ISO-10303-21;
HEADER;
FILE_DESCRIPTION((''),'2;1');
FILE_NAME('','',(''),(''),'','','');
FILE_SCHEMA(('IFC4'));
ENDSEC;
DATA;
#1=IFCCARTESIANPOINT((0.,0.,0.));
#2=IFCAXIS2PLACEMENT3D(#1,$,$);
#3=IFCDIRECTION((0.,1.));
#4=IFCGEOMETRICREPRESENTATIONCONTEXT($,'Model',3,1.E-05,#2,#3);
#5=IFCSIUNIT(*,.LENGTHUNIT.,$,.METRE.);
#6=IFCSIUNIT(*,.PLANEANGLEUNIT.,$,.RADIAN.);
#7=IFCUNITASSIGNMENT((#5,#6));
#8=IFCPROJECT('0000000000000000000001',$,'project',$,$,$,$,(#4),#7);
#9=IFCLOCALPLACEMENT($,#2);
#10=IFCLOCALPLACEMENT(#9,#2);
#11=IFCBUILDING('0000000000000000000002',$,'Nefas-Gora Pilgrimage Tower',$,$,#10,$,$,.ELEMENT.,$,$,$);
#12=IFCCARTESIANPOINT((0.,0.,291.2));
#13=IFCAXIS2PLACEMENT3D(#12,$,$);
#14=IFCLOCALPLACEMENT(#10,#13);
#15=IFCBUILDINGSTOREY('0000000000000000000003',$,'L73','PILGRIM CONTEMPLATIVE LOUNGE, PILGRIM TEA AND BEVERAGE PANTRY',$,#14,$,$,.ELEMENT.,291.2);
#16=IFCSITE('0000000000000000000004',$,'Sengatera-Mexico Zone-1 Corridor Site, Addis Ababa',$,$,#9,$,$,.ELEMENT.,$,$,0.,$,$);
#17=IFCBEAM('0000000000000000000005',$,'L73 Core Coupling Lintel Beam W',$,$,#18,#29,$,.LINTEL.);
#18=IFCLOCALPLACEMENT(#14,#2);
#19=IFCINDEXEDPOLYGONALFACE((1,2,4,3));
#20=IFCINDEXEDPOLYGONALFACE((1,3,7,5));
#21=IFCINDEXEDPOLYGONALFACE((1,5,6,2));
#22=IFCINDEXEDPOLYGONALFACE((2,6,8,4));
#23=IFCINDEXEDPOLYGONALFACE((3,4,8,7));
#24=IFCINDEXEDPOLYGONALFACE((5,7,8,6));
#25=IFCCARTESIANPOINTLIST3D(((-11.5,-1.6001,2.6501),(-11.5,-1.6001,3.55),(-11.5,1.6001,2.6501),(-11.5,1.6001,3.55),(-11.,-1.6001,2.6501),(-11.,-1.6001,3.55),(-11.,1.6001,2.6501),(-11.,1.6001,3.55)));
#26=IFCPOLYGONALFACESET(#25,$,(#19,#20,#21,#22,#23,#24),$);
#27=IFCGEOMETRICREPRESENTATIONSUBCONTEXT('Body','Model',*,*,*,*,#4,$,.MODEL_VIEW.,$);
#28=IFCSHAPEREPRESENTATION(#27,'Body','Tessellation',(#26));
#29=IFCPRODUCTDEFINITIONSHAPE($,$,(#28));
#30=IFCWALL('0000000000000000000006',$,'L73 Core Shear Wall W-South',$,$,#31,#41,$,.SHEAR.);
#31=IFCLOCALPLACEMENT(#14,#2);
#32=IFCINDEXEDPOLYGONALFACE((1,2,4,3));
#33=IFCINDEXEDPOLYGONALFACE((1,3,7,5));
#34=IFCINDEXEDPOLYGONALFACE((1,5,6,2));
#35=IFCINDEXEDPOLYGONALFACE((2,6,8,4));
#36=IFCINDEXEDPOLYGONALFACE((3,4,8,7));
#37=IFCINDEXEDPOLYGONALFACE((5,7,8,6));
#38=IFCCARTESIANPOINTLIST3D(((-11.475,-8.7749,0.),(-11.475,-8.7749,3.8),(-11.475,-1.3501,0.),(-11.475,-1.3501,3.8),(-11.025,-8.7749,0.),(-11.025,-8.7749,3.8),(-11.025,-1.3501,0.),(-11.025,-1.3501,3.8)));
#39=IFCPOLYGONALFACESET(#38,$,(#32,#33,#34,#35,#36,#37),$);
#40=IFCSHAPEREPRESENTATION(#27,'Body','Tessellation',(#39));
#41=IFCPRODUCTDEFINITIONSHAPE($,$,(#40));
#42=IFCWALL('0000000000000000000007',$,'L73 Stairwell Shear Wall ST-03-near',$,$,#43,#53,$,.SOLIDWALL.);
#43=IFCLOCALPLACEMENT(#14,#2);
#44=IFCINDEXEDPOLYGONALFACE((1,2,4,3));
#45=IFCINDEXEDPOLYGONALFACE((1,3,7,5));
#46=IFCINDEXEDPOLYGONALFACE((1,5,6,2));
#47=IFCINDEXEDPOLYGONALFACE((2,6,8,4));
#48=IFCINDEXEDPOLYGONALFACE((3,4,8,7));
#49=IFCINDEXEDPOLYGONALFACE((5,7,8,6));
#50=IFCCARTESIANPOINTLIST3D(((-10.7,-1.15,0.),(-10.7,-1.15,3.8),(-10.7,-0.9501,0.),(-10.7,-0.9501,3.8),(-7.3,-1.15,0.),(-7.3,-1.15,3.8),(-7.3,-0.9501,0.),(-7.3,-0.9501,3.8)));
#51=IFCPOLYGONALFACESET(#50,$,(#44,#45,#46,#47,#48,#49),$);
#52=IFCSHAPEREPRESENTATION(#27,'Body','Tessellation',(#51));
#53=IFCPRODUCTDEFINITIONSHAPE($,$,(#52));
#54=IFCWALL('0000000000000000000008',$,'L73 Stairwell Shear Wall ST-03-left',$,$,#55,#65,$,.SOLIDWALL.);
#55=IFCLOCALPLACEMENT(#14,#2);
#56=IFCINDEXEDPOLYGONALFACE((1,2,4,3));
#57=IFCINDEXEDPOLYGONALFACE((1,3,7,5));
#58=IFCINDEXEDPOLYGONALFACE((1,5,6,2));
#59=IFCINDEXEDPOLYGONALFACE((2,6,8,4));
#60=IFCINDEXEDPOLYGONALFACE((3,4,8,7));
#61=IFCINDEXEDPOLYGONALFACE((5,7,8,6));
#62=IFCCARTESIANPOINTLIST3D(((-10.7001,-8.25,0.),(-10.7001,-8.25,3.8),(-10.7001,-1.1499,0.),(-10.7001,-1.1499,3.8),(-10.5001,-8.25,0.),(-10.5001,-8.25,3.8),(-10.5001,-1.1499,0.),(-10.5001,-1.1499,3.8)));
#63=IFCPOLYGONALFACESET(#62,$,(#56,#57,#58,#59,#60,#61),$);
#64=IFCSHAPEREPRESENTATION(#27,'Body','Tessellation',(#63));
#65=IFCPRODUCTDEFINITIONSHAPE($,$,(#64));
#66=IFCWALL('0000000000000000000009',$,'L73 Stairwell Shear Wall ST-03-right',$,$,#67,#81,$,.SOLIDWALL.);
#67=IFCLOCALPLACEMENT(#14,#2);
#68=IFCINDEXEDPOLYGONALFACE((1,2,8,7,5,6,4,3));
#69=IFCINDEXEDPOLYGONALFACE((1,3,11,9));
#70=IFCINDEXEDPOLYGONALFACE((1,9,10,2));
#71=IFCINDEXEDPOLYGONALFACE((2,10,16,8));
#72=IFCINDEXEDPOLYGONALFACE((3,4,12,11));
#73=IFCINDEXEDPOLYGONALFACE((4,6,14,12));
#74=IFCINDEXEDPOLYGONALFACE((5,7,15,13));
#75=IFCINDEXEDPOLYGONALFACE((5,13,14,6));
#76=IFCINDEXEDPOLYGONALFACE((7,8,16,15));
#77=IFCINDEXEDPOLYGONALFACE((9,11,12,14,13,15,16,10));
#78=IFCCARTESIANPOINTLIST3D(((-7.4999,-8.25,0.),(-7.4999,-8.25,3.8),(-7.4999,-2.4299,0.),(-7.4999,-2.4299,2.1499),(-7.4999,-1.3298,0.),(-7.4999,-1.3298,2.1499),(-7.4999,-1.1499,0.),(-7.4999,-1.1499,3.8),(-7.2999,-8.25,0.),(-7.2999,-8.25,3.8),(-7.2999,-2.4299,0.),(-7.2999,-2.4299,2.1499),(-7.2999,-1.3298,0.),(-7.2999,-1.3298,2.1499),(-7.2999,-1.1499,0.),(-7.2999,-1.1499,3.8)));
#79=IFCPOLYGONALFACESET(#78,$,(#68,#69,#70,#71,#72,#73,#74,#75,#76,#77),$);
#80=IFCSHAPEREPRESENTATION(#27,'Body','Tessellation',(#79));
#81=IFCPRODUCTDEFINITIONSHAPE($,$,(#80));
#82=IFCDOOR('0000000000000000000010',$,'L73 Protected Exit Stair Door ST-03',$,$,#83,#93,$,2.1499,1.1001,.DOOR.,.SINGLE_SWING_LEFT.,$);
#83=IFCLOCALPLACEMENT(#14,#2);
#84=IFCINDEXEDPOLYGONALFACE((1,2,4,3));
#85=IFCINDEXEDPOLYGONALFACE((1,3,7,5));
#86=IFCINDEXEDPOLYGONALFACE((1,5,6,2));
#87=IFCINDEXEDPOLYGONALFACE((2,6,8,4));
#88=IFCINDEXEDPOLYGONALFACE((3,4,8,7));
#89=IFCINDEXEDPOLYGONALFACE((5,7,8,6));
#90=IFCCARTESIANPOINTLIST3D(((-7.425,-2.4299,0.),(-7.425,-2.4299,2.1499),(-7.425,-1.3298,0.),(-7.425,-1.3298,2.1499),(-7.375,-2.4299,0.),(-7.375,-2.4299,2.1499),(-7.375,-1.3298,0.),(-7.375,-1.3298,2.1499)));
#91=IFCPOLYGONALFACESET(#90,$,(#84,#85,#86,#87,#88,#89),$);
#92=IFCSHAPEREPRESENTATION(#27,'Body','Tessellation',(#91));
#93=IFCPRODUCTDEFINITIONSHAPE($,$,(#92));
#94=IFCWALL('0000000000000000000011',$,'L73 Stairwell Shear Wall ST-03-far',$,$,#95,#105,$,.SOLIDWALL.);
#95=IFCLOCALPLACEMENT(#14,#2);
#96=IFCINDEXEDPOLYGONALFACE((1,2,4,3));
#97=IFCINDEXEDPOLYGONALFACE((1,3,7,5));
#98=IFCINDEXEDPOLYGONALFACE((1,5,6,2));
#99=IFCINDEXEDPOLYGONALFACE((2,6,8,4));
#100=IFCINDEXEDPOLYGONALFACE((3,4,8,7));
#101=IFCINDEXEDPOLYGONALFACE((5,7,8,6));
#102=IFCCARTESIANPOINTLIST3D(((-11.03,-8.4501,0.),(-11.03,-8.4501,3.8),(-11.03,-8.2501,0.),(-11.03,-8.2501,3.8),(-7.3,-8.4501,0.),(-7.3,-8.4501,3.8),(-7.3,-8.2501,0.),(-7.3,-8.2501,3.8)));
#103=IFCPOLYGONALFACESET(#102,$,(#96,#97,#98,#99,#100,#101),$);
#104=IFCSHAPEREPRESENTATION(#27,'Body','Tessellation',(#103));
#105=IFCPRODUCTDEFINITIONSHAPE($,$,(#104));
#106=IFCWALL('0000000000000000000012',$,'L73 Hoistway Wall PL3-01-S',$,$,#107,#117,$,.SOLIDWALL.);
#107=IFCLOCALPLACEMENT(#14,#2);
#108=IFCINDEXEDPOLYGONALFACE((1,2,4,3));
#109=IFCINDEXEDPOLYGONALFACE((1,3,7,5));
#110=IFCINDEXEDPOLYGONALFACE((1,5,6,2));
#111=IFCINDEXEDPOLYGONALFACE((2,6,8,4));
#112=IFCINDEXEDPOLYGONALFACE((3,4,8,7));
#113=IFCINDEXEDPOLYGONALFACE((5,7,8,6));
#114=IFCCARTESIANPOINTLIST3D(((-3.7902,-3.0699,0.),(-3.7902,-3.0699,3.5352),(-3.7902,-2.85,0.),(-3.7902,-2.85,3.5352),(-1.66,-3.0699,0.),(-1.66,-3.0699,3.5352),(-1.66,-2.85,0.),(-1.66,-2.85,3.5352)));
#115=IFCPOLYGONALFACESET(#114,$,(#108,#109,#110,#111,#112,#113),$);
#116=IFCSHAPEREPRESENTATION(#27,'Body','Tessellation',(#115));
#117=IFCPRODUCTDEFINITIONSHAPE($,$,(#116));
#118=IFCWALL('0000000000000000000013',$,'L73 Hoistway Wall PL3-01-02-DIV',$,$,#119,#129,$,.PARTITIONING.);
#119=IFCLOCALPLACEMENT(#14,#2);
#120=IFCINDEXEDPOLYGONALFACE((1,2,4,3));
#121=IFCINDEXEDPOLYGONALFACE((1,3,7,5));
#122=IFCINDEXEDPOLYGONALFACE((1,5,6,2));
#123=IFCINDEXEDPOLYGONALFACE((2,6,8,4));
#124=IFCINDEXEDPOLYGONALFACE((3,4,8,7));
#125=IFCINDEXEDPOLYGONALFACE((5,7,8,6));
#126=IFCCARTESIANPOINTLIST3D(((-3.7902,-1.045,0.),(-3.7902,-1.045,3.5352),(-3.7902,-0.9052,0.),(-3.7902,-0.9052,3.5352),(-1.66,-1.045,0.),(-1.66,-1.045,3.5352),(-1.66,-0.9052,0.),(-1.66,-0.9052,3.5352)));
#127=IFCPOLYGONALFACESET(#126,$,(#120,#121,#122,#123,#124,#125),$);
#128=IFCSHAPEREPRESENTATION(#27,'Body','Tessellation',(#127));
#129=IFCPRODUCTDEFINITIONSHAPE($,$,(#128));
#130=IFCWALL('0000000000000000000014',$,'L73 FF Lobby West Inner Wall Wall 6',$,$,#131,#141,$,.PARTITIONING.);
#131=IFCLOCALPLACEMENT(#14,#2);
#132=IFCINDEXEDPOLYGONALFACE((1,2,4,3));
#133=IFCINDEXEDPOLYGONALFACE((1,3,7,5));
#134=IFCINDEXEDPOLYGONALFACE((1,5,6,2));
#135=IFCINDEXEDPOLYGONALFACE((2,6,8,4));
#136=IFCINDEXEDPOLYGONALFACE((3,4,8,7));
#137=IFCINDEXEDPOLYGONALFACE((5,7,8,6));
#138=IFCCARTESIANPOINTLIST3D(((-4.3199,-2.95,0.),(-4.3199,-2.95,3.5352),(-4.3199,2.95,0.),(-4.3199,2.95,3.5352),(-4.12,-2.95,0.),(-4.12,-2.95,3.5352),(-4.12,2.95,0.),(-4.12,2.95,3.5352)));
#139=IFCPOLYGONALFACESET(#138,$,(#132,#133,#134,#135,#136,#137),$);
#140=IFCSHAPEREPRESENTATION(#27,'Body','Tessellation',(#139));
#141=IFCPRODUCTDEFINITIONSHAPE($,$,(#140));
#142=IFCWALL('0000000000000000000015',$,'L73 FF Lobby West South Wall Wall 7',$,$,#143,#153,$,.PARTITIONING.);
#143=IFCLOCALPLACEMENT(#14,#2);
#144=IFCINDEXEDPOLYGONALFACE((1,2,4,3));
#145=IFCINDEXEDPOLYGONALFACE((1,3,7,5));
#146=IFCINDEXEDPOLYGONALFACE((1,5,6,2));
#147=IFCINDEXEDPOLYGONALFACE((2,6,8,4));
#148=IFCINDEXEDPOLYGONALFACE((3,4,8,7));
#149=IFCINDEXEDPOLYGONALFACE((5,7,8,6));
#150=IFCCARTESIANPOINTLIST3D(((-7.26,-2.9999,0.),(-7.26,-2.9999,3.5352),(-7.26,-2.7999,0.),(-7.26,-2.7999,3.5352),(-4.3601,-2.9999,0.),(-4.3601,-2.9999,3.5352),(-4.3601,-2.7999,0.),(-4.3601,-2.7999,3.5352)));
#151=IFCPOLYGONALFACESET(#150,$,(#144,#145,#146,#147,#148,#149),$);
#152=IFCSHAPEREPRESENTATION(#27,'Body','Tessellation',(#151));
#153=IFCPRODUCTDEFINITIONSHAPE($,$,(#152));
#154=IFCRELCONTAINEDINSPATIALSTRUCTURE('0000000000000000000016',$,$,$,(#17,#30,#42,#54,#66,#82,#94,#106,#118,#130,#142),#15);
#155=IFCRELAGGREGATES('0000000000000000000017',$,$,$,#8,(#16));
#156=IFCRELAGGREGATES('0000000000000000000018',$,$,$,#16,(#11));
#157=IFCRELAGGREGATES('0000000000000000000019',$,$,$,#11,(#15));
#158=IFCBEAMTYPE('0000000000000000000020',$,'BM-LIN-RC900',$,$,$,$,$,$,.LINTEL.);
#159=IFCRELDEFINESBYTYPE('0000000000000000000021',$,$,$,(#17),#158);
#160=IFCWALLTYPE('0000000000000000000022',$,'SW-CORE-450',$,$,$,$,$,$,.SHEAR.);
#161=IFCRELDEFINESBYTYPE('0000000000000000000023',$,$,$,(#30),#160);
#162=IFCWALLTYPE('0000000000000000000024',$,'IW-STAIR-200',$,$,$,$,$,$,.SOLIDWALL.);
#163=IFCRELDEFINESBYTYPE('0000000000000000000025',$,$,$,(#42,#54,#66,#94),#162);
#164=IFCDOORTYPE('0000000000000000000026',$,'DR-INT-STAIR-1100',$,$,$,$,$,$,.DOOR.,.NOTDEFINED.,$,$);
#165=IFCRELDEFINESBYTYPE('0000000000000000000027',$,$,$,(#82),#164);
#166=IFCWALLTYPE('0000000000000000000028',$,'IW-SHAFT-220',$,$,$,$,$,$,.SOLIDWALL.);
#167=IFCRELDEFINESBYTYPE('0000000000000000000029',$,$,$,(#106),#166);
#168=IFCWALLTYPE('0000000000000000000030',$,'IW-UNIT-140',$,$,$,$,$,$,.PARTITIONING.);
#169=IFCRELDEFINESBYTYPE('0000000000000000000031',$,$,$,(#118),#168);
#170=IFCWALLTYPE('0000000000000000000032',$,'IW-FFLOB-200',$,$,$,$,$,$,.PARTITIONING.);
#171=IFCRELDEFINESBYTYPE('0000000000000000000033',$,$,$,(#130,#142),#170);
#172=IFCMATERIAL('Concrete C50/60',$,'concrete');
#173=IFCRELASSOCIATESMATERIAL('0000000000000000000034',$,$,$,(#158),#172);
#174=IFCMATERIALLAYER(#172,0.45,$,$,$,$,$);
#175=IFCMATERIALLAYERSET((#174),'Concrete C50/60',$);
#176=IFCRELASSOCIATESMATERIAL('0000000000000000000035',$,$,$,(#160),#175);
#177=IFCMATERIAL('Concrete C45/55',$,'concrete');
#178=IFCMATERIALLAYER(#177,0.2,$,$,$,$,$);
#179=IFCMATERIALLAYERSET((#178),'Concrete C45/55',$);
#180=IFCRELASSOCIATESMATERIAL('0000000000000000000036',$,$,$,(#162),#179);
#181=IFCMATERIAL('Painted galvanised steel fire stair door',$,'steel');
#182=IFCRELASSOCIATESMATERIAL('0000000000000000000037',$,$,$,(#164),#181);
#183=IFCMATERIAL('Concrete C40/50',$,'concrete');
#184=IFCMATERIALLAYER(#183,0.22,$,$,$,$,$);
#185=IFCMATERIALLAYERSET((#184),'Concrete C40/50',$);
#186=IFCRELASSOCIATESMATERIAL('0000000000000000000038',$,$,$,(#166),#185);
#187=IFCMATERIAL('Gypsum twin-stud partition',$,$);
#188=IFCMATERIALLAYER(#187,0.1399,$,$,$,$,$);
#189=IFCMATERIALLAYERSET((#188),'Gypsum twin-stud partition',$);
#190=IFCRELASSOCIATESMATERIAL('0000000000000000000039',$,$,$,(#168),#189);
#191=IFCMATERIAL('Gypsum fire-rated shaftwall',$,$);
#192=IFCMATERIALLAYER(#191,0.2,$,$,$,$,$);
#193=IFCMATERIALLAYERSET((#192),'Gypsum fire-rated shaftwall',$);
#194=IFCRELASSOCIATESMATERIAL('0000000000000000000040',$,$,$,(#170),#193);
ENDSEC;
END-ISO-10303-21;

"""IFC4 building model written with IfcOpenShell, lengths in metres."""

from ifc_helpers import new_model, si_unit, direction, frame, frame_2d, origin, origin_2d, place, context, subcontext, project, spatial, rectangle, extrude, source, transform, mapped, material, layer, layer_set, material_profile, profile_set, type_object, element, fill, save


model = new_model("IFC4")

# Units and contexts
model_context = context("Model", 3, precision=1e-05, world=origin(), true_north=direction((0.0, 1.0)))
body_context = subcontext(model_context, "Body", "Model", "MODEL_VIEW")
ifc_project = project(units=[si_unit("LENGTHUNIT", "METRE"), si_unit("PLANEANGLEUNIT", "RADIAN")], contexts=[model_context])

# Site, building, storey
site_placement = place(None, origin())
site = spatial("IfcSite", under=ifc_project, at=site_placement, Name="Sengatera-Mexico Zone-1 Corridor Site, Addis Ababa", CompositionType="ELEMENT", RefElevation=0.0)
building_placement = place(site_placement, origin())
building = spatial("IfcBuilding", under=site, at=building_placement, Name="Nefas-Gora Pilgrimage Tower", CompositionType="ELEMENT")
storey_placement = place(building_placement, frame((0.0, 0.0, 291.2)))
storey = spatial("IfcBuildingStorey", under=building, at=storey_placement, Name="L73", Description="PILGRIM CONTEMPLATIVE LOUNGE, PILGRIM TEA AND BEVERAGE PANTRY", CompositionType="ELEMENT", Elevation=291.2)

# Beam
ifc_material_1 = material(Name="Concrete C50/60", Category="concrete")
ifc_material_profile = material_profile(ifc_material_1, rectangle(XDim=0.5, YDim=0.8999, at=origin_2d()), Name="RC 500x900")
ifc_profile_set = profile_set([ifc_material_profile], Name="Concrete C50/60")
beam_type = type_object("IfcBeamType", Name="BM-LIN-RC900", PredefinedType="LINTEL", material=ifc_profile_set)
shared_shape_1 = source(origin(), body_context, "Body", "SweptSolid", [
    extrude(rectangle(XDim=0.5, YDim=0.8999, at=origin_2d()), origin(), (0.0, 0.0, 1.0), 3.2002),
])
beam_placement = place(storey_placement, frame((-11.25, -1.6001, 3.1001), z_axis=(0.0, 1.0, 0.0), x_axis=(-1.0, 0.0, 0.0)))
element("IfcBeam", 1, at=beam_placement, inside=storey, type_object=beam_type, Name="L73 Core Coupling Lintel Beam W", PredefinedType="LINTEL", context=body_context, shape_type="MappedRepresentation", body=[
    mapped(shared_shape_1, transform((0.0, 0.0, 0.0), x_axis=(1.0, 0.0, 0.0), y_axis=(0.0, 1.0, 0.0), z_axis=(0.0, 0.0, 1.0), scale=1.0)),
])

# Walls
ifc_layer_1 = layer(ifc_material_1, 0.45)
ifc_layer_set_1 = layer_set([ifc_layer_1], Name="Concrete C50/60")
wall_type_1 = type_object("IfcWallType", Name="SW-CORE-450", PredefinedType="SHEAR", material=ifc_layer_set_1)
shared_shape_2 = source(origin(), body_context, "Body", "SweptSolid", [
    extrude(rectangle(XDim=7.4248, YDim=0.45, at=frame_2d((3.7124, 0.0))), origin(), (0.0, 0.0, 1.0), 3.8),
])
wall_1_placement = place(storey_placement, frame((-11.25, -8.7749, 0.0), z_axis=(0.0, 0.0, 1.0), x_axis=(0.0, 1.0, 0.0)))
element("IfcWall", 2, at=wall_1_placement, inside=storey, type_object=wall_type_1, Name="L73 Core Shear Wall W-South", PredefinedType="SHEAR", context=body_context, shape_type="MappedRepresentation", body=[
    mapped(shared_shape_2, transform((0.0, 0.0, 0.0), x_axis=(1.0, 0.0, 0.0), y_axis=(0.0, 1.0, 0.0), z_axis=(0.0, 0.0, 1.0), scale=1.0)),
])
ifc_material_2 = material(Name="Concrete C45/55", Category="concrete")
ifc_layer_2 = layer(ifc_material_2, 0.2)
ifc_layer_set_2 = layer_set([ifc_layer_2], Name="Concrete C45/55")
wall_type_2 = type_object("IfcWallType", Name="IW-STAIR-200", PredefinedType="SOLIDWALL", material=ifc_layer_set_2)
shared_shape_3 = source(origin(), body_context, "Body", "SweptSolid", [
    extrude(rectangle(XDim=3.3999, YDim=0.2, at=frame_2d((1.7, 0.0))), origin(), (0.0, 0.0, 1.0), 3.8),
])
wall_2_placement = place(storey_placement, frame((-10.7, -1.05, 0.0), z_axis=(0.0, 0.0, 1.0), x_axis=(1.0, 0.0, 0.0)))
element("IfcWall", 3, at=wall_2_placement, inside=storey, type_object=wall_type_2, Name="L73 Stairwell Shear Wall ST-03-near", PredefinedType="SOLIDWALL", context=body_context, shape_type="MappedRepresentation", body=[
    mapped(shared_shape_3, transform((0.0, 0.0, 0.0), x_axis=(1.0, 0.0, 0.0), y_axis=(0.0, 1.0, 0.0), z_axis=(0.0, 0.0, 1.0), scale=1.0)),
])
shared_shape_4 = source(origin(), body_context, "Body", "SweptSolid", [
    extrude(rectangle(XDim=7.1001, YDim=0.2, at=frame_2d((3.55, 0.0))), origin(), (0.0, 0.0, 1.0), 3.8),
])
wall_3_placement = place(storey_placement, frame((-10.6001, -1.1499, 0.0), z_axis=(0.0, 0.0, 1.0), x_axis=(0.0, -1.0, 0.0)))
element("IfcWall", 4, at=wall_3_placement, inside=storey, type_object=wall_type_2, Name="L73 Stairwell Shear Wall ST-03-left", PredefinedType="SOLIDWALL", context=body_context, shape_type="MappedRepresentation", body=[
    mapped(shared_shape_4, transform((0.0, 0.0, 0.0), x_axis=(1.0, 0.0, 0.0), y_axis=(0.0, 1.0, 0.0), z_axis=(0.0, 0.0, 1.0), scale=1.0)),
])

# Wall, opening, door
wall_4_placement = place(storey_placement, frame((-7.3999, -1.1499, 0.0), z_axis=(0.0, 0.0, 1.0), x_axis=(0.0, -1.0, 0.0)))
wall_4 = element("IfcWall", 5, at=wall_4_placement, inside=storey, type_object=wall_type_2, Name="L73 Stairwell Shear Wall ST-03-right", PredefinedType="SOLIDWALL", context=body_context, shape_type="MappedRepresentation", body=[
    mapped(shared_shape_4, transform((0.0, 0.0, 0.0), x_axis=(1.0, 0.0, 0.0), y_axis=(0.0, 1.0, 0.0), z_axis=(0.0, 0.0, 1.0), scale=1.0)),
])
opening_placement = place(wall_4_placement, frame((0.1799, 0.0, 0.0)))
opening = element("IfcOpeningElement", 6, at=opening_placement, cuts=wall_4, PredefinedType="OPENING", context=body_context, shape_type="SweptSolid", body=[
    extrude(rectangle(XDim=1.1001, YDim=2.1499, at=frame_2d((0.55, 1.075))), frame((0.0, 0.1099, 0.0), z_axis=(0.0, -1.0, 0.0), x_axis=(1.0, 0.0, 0.0)), (0.0, 0.0, 1.0), 0.22),
])
ifc_material_3 = material(Name="Painted galvanised steel fire stair door", Category="steel")
door_type = type_object("IfcDoorType", Name="DR-INT-STAIR-1100", OperationType="NOTDEFINED", PredefinedType="DOOR", material=ifc_material_3)
shared_shape_5 = source(origin(), body_context, "Body", "SweptSolid", [
    extrude(rectangle(XDim=1.1001, YDim=2.1499, at=frame_2d((0.55, 1.075))), frame((0.0, 0.0249, 0.0), z_axis=(0.0, -1.0, 0.0), x_axis=(1.0, 0.0, 0.0)), (0.0, 0.0, 1.0), 0.05),
])
door_placement = place(opening_placement, origin())
door = element("IfcDoor", 7, at=door_placement, inside=storey, type_object=door_type, Name="L73 Protected Exit Stair Door ST-03", OperationType="SINGLE_SWING_LEFT", OverallHeight=2.1499, OverallWidth=1.1001, PredefinedType="DOOR", context=body_context, shape_type="MappedRepresentation", body=[
    mapped(shared_shape_5, transform((0.0, 0.0, 0.0), x_axis=(1.0, 0.0, 0.0), y_axis=(0.0, 1.0, 0.0), z_axis=(0.0, 0.0, 1.0), scale=1.0)),
])
fill(opening, door)

# Walls
shared_shape_6 = source(origin(), body_context, "Body", "SweptSolid", [
    extrude(rectangle(XDim=3.73, YDim=0.2, at=frame_2d((1.865, 0.0))), origin(), (0.0, 0.0, 1.0), 3.8),
])
wall_5_placement = place(storey_placement, frame((-11.03, -8.3501, 0.0), z_axis=(0.0, 0.0, 1.0), x_axis=(1.0, 0.0, 0.0)))
element("IfcWall", 8, at=wall_5_placement, inside=storey, type_object=wall_type_2, Name="L73 Stairwell Shear Wall ST-03-far", PredefinedType="SOLIDWALL", context=body_context, shape_type="MappedRepresentation", body=[
    mapped(shared_shape_6, transform((0.0, 0.0, 0.0), x_axis=(1.0, 0.0, 0.0), y_axis=(0.0, 1.0, 0.0), z_axis=(0.0, 0.0, 1.0), scale=1.0)),
])
ifc_material_4 = material(Name="Concrete C40/50", Category="concrete")
ifc_layer_3 = layer(ifc_material_4, 0.22)
ifc_layer_set_3 = layer_set([ifc_layer_3], Name="Concrete C40/50")
wall_type_3 = type_object("IfcWallType", Name="IW-SHAFT-220", PredefinedType="SOLIDWALL", material=ifc_layer_set_3)
shared_shape_7 = source(origin(), body_context, "Body", "SweptSolid", [
    extrude(rectangle(XDim=2.1301, YDim=0.22, at=frame_2d((1.0649, 0.0))), origin(), (0.0, 0.0, 1.0), 3.5352),
])
wall_6_placement = place(storey_placement, frame((-3.79, -2.96, 0.0), z_axis=(0.0, 0.0, 1.0), x_axis=(1.0, 0.0, 0.0)))
element("IfcWall", 9, at=wall_6_placement, inside=storey, type_object=wall_type_3, Name="L73 Hoistway Wall PL3-01-S", PredefinedType="SOLIDWALL", context=body_context, shape_type="MappedRepresentation", body=[
    mapped(shared_shape_7, transform((0.0, 0.0, 0.0), x_axis=(1.0, 0.0, 0.0), y_axis=(0.0, 1.0, 0.0), z_axis=(0.0, 0.0, 1.0), scale=1.0)),
])
ifc_material_5 = material(Name="Gypsum twin-stud partition")
ifc_layer_4 = layer(ifc_material_5, 0.1399)
ifc_layer_set_4 = layer_set([ifc_layer_4], Name="Gypsum twin-stud partition")
wall_type_4 = type_object("IfcWallType", Name="IW-UNIT-140", PredefinedType="PARTITIONING", material=ifc_layer_set_4)
shared_shape_8 = source(origin(), body_context, "Body", "SweptSolid", [
    extrude(rectangle(XDim=2.1301, YDim=0.1399, at=frame_2d((1.0649, 0.0))), origin(), (0.0, 0.0, 1.0), 3.5352),
])
wall_7_placement = place(storey_placement, frame((-3.79, -0.9751, 0.0), z_axis=(0.0, 0.0, 1.0), x_axis=(1.0, 0.0, 0.0)))
element("IfcWall", 10, at=wall_7_placement, inside=storey, type_object=wall_type_4, Name="L73 Hoistway Wall PL3-01-02-DIV", PredefinedType="PARTITIONING", context=body_context, shape_type="MappedRepresentation", body=[
    mapped(shared_shape_8, transform((0.0, 0.0, 0.0), x_axis=(1.0, 0.0, 0.0), y_axis=(0.0, 1.0, 0.0), z_axis=(0.0, 0.0, 1.0), scale=1.0)),
])
ifc_material_6 = material(Name="Gypsum fire-rated shaftwall")
ifc_layer_5 = layer(ifc_material_6, 0.2)
ifc_layer_set_5 = layer_set([ifc_layer_5], Name="Gypsum fire-rated shaftwall")
wall_type_5 = type_object("IfcWallType", Name="IW-FFLOB-200", PredefinedType="PARTITIONING", material=ifc_layer_set_5)
shared_shape_9 = source(origin(), body_context, "Body", "SweptSolid", [
    extrude(rectangle(XDim=5.8999, YDim=0.2, at=frame_2d((2.95, 0.0))), origin(), (0.0, 0.0, 1.0), 3.5352),
])
wall_8_placement = place(storey_placement, frame((-4.22, -2.95, 0.0), z_axis=(0.0, 0.0, 1.0), x_axis=(0.0, 1.0, 0.0)))
element("IfcWall", 11, at=wall_8_placement, inside=storey, type_object=wall_type_5, Name="L73 FF Lobby West Inner Wall Wall 6", PredefinedType="PARTITIONING", context=body_context, shape_type="MappedRepresentation", body=[
    mapped(shared_shape_9, transform((0.0, 0.0, 0.0), x_axis=(1.0, 0.0, 0.0), y_axis=(0.0, 1.0, 0.0), z_axis=(0.0, 0.0, 1.0), scale=1.0)),
])
shared_shape_10 = source(origin(), body_context, "Body", "SweptSolid", [
    extrude(rectangle(XDim=2.8999, YDim=0.2, at=frame_2d((1.45, 0.0))), origin(), (0.0, 0.0, 1.0), 3.5352),
])
wall_9_placement = place(storey_placement, frame((-7.26, -2.8999, 0.0), z_axis=(0.0, 0.0, 1.0), x_axis=(1.0, 0.0, 0.0)))
element("IfcWall", 12, at=wall_9_placement, inside=storey, type_object=wall_type_5, Name="L73 FF Lobby West South Wall Wall 7", PredefinedType="PARTITIONING", context=body_context, shape_type="MappedRepresentation", body=[
    mapped(shared_shape_10, transform((0.0, 0.0, 0.0), x_axis=(1.0, 0.0, 0.0), y_axis=(0.0, 1.0, 0.0), z_axis=(0.0, 0.0, 1.0), scale=1.0)),
])

save(model, "model.ifc")
